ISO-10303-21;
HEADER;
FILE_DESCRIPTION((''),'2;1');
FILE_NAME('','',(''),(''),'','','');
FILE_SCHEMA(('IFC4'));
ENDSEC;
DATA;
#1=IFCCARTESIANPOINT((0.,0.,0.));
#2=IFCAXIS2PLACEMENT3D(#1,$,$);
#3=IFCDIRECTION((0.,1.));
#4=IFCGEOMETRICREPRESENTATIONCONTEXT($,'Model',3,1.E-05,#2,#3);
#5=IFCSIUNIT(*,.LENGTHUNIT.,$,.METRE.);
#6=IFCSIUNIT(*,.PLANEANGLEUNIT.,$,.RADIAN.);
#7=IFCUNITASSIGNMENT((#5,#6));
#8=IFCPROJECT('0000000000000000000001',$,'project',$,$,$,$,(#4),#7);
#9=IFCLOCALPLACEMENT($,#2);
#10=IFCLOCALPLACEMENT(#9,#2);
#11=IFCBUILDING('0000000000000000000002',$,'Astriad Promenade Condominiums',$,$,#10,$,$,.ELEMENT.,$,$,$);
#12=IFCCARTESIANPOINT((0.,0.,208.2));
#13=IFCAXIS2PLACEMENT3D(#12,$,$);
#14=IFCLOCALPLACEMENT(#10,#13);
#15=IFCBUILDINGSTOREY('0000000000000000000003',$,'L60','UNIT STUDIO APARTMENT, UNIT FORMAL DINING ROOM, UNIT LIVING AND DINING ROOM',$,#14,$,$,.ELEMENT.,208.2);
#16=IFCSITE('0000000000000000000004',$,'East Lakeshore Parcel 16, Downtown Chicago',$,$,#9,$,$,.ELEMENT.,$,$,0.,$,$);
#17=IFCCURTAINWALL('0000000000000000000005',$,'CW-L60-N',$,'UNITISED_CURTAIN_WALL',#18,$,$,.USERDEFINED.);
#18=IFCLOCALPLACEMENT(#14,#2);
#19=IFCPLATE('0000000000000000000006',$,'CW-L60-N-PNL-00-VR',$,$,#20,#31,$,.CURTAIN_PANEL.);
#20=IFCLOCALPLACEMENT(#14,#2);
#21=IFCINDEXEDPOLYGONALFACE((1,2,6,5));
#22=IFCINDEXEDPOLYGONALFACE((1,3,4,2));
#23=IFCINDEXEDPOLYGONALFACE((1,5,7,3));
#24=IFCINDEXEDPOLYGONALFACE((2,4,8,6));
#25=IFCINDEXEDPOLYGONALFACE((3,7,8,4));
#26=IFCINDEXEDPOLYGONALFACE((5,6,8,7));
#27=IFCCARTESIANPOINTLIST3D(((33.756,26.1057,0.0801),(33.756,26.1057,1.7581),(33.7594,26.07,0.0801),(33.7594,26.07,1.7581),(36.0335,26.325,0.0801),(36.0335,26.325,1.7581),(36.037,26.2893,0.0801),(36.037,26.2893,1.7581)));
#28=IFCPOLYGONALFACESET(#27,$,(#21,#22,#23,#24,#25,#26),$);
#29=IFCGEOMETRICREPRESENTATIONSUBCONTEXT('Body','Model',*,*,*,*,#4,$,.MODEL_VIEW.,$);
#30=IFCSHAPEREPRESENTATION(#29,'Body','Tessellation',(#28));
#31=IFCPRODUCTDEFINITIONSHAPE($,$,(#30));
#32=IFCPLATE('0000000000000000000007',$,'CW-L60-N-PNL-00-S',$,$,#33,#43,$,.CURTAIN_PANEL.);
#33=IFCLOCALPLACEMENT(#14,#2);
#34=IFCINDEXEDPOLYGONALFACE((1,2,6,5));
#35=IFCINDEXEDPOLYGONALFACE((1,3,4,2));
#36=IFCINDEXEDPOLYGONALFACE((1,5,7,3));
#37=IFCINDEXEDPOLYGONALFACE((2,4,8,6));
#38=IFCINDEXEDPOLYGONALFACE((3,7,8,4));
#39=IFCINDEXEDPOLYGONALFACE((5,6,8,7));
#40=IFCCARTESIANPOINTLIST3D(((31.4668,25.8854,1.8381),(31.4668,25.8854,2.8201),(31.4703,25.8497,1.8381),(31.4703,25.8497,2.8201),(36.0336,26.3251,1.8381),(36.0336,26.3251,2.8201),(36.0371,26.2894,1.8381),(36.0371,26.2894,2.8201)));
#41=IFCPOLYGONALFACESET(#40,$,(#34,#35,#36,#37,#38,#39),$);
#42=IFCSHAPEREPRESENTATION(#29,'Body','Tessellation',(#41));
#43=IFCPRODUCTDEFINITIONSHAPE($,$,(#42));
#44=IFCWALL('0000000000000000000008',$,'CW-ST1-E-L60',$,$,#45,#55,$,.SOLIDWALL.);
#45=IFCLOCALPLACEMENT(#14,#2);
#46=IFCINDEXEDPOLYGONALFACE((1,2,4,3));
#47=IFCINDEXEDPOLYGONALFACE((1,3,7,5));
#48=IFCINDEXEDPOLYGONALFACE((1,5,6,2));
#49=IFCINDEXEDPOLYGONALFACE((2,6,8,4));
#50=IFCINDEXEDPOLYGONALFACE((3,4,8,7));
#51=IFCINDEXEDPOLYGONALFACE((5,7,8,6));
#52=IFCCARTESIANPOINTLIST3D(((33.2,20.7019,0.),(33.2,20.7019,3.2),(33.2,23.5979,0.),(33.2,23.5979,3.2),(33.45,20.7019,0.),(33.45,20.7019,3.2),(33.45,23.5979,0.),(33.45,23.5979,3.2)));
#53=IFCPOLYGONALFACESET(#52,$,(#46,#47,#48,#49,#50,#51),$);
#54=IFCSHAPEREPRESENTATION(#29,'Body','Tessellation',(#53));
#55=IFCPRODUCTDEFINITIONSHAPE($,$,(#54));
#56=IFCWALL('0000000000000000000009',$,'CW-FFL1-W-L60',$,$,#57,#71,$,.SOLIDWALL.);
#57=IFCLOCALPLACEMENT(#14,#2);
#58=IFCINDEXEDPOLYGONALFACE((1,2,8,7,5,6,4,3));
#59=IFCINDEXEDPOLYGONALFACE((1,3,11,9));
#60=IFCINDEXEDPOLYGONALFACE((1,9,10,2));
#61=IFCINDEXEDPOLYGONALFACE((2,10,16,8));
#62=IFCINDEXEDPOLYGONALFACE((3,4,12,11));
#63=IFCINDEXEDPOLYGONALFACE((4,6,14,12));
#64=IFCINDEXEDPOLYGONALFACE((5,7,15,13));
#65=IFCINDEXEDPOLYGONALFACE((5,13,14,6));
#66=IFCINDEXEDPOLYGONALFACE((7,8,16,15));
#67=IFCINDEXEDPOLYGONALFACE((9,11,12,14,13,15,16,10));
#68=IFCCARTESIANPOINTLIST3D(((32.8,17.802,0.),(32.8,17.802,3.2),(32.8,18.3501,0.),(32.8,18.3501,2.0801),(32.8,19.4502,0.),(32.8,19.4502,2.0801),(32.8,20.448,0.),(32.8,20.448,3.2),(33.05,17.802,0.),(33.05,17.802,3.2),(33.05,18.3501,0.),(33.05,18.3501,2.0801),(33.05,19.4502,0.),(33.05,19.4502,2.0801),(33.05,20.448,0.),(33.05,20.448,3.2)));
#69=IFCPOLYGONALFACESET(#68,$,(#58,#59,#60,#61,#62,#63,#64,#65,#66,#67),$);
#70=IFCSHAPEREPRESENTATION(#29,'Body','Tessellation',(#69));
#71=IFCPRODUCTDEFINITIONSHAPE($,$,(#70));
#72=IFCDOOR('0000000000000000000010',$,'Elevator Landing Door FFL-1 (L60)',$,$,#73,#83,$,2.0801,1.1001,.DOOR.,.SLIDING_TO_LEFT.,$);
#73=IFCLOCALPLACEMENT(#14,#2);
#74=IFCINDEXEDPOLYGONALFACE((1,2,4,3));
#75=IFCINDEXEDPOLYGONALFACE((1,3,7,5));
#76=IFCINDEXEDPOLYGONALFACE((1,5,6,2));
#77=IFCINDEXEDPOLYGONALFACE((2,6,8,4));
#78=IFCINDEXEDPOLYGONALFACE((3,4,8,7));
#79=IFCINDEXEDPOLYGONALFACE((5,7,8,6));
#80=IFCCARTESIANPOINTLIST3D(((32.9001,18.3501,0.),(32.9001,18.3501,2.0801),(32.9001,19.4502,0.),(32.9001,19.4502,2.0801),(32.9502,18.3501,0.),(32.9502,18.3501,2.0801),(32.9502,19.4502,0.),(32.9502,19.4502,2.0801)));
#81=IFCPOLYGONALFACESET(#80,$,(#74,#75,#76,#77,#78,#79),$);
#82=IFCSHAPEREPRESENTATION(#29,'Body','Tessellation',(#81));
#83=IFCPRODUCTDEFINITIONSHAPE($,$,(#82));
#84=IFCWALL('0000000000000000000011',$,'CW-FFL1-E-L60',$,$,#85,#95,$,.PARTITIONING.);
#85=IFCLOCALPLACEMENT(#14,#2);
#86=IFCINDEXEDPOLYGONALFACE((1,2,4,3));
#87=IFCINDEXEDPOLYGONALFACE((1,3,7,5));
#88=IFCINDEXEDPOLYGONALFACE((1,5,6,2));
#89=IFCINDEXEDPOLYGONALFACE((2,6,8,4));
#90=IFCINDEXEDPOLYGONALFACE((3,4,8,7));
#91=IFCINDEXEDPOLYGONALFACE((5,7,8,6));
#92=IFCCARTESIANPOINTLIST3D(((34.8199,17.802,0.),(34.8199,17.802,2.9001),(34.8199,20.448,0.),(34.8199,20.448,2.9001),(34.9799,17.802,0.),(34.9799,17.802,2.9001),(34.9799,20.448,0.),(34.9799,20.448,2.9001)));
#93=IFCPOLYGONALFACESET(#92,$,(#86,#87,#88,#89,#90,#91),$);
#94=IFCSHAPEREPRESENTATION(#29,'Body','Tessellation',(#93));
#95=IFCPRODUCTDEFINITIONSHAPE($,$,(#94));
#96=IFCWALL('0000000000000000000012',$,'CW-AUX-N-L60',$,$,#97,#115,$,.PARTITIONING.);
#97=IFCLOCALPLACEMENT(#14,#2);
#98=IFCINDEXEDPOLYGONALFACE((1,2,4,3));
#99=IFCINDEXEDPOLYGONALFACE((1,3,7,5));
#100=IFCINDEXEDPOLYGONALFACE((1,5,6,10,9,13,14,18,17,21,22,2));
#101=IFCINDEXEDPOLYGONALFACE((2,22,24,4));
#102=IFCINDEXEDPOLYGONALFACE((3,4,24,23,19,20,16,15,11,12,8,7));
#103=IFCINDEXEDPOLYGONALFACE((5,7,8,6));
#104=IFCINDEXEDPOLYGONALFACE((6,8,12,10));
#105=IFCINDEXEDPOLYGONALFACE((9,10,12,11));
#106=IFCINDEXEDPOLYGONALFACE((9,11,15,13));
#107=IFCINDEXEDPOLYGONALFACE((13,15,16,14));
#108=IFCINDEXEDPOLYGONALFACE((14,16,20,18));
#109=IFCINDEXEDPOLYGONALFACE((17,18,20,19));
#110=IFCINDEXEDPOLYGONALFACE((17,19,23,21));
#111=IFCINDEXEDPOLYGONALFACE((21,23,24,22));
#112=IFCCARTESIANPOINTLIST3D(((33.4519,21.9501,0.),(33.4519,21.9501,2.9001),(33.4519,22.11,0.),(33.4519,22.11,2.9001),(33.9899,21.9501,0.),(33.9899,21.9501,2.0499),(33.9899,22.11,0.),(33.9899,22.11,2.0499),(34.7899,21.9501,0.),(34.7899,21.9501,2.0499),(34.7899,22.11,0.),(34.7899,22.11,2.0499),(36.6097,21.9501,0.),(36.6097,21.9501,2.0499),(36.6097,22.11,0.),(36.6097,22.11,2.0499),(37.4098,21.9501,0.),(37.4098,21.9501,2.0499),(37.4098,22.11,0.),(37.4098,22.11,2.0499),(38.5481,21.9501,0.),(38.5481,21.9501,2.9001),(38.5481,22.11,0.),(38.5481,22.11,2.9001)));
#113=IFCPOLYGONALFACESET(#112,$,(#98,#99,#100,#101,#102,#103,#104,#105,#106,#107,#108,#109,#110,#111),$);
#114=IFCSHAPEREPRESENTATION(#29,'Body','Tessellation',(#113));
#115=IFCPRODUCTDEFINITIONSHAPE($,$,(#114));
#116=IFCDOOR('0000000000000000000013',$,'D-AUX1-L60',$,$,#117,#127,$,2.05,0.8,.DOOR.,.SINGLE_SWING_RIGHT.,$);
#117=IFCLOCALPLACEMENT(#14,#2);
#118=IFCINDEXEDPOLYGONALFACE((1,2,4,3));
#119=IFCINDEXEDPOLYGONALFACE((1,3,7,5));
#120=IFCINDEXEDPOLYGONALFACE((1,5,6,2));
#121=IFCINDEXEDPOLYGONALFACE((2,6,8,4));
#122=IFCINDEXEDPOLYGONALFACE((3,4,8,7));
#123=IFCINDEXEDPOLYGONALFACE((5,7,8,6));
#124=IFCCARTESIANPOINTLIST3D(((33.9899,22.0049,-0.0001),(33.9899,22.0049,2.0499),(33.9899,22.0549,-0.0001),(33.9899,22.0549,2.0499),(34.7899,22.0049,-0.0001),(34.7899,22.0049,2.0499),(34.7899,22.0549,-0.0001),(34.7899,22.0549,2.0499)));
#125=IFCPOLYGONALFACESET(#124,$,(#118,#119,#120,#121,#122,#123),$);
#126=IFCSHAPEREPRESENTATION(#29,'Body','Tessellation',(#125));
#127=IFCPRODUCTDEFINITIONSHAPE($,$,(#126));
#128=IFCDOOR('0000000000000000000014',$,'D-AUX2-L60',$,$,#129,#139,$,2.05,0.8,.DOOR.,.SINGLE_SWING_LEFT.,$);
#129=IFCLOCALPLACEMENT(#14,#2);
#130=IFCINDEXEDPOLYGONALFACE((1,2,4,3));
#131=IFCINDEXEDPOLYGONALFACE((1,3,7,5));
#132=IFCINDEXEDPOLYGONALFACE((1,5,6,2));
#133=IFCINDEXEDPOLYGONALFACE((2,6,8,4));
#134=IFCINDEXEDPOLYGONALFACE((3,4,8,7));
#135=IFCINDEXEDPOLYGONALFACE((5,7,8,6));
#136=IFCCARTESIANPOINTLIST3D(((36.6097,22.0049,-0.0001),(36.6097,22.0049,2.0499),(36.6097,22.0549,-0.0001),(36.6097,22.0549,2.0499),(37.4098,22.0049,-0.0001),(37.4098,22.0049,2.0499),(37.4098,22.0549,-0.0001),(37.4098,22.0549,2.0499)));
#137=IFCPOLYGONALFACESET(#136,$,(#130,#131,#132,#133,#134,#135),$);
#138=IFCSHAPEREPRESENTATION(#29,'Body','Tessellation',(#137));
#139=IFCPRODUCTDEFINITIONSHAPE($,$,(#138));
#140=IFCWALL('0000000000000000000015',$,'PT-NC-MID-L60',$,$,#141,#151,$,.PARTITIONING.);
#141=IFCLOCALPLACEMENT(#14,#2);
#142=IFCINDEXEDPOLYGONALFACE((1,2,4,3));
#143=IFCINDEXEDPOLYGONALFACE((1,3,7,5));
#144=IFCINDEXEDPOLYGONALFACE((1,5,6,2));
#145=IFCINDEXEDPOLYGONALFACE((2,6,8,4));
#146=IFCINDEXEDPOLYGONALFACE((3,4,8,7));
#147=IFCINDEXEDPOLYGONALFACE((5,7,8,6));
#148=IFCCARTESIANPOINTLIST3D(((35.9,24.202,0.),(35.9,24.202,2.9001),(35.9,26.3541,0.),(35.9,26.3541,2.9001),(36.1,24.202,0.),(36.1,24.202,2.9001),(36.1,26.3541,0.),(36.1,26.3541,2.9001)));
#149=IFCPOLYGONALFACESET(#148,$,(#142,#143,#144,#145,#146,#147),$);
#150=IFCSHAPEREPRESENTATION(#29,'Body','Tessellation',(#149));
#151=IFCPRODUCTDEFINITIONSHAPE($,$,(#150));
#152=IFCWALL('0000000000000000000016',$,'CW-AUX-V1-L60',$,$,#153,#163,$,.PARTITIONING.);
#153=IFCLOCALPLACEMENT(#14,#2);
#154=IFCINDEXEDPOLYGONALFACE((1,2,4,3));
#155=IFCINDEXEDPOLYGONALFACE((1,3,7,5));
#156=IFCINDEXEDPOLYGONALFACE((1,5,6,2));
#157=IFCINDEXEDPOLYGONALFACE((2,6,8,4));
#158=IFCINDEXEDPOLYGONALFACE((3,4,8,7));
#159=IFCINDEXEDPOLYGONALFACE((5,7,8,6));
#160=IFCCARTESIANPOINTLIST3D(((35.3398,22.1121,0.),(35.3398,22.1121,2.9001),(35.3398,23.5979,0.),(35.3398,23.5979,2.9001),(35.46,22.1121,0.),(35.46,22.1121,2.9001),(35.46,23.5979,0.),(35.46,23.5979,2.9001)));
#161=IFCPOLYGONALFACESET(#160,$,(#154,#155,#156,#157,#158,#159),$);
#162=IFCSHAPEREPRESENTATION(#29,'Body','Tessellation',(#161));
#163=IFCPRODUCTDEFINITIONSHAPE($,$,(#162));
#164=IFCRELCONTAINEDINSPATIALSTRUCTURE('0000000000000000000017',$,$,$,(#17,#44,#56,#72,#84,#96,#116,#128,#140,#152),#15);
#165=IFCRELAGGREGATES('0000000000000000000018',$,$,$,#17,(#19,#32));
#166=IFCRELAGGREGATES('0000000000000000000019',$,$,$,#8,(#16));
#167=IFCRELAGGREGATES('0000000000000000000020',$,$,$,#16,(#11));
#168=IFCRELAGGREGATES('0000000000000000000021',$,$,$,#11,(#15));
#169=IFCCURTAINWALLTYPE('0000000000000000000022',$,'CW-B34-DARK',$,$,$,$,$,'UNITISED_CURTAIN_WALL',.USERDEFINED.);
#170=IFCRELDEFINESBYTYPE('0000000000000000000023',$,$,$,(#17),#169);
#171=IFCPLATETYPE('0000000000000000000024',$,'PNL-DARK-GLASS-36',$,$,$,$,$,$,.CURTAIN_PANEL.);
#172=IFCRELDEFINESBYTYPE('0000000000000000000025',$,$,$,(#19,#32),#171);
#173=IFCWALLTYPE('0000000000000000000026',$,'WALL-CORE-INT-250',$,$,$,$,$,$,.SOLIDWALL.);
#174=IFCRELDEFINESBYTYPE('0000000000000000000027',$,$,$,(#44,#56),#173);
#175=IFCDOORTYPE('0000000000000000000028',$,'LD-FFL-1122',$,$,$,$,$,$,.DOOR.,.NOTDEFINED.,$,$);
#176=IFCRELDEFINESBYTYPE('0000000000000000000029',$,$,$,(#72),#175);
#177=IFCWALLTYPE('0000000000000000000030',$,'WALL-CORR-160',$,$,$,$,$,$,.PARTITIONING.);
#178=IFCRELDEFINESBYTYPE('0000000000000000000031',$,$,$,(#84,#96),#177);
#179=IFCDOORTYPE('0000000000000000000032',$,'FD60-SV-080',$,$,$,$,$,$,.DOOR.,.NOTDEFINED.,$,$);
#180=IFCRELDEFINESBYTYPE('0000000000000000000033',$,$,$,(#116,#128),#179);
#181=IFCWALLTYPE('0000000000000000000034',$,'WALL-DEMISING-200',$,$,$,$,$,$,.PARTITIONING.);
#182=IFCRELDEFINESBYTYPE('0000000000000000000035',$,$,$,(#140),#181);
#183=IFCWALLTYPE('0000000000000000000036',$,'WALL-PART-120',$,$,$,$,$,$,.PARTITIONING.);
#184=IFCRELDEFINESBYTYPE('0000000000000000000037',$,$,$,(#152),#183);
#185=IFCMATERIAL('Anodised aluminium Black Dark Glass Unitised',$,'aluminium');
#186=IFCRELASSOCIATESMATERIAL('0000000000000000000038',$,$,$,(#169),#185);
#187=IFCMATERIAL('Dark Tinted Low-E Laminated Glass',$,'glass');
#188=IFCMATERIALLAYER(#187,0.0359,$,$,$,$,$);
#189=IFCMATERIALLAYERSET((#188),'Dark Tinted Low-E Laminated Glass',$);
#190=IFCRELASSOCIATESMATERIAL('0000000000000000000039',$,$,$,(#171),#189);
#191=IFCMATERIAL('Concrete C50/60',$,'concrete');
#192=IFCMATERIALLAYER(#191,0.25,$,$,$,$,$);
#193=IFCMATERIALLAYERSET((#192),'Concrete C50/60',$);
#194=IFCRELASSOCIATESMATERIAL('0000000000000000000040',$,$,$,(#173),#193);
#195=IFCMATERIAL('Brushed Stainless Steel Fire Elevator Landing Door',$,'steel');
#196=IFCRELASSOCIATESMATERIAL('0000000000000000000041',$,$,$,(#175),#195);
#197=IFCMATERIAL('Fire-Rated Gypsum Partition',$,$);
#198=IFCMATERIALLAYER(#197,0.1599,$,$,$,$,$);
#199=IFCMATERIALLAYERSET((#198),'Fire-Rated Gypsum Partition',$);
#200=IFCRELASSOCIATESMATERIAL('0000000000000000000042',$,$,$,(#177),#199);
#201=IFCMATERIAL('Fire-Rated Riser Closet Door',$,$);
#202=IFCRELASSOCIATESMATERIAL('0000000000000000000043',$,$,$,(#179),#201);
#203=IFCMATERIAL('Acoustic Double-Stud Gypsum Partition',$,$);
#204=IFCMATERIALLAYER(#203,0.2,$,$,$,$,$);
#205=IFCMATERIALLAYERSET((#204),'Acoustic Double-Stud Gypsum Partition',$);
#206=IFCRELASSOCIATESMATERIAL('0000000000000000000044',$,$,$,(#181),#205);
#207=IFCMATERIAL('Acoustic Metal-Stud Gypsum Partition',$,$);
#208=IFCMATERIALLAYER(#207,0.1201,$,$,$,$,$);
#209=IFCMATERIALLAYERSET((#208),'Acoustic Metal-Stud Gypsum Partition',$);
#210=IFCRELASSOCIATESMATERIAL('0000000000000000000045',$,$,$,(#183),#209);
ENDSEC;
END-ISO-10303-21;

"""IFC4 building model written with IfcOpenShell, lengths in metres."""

from ifc_helpers import new_model, si_unit, direction, frame, frame_2d, origin, origin_2d, place, context, subcontext, project, spatial, rectangle, extrude, source, transform, mapped, material, layer, layer_set, type_object, type_shapes, element, fill, aggregate, save


model = new_model("IFC4")

# Units and contexts
model_context = context("Model", 3, precision=1e-05, world=origin(), true_north=direction((0.0, 1.0)))
body_context = subcontext(model_context, "Body", "Model", "MODEL_VIEW")
ifc_project = project(units=[si_unit("LENGTHUNIT", "METRE"), si_unit("PLANEANGLEUNIT", "RADIAN")], contexts=[model_context])

# Site, building, storey
site_placement = place(None, origin())
site = spatial("IfcSite", under=ifc_project, at=site_placement, Name="East Lakeshore Parcel 16, Downtown Chicago", CompositionType="ELEMENT", RefElevation=0.0)
building_placement = place(site_placement, origin())
building = spatial("IfcBuilding", under=site, at=building_placement, Name="Astriad Promenade Condominiums", CompositionType="ELEMENT")
storey_placement = place(building_placement, frame((0.0, 0.0, 208.2)))
storey = spatial("IfcBuildingStorey", under=building, at=storey_placement, Name="L60", Description="UNIT STUDIO APARTMENT, UNIT FORMAL DINING ROOM, UNIT LIVING AND DINING ROOM", CompositionType="ELEMENT", Elevation=208.2)

# Curtain wall, plates
ifc_material_1 = material(Name="Anodised aluminium Black Dark Glass Unitised", Category="aluminium")
curtain_wall_type = type_object("IfcCurtainWallType", Name="CW-B34-DARK", ElementType="UNITISED_CURTAIN_WALL", PredefinedType="USERDEFINED", material=ifc_material_1)
curtain_wall_placement = place(storey_placement, origin())
curtain_wall = element("IfcCurtainWall", 1, at=curtain_wall_placement, inside=storey, type_object=curtain_wall_type, Name="CW-L60-N", ObjectType="UNITISED_CURTAIN_WALL", PredefinedType="USERDEFINED")
ifc_material_2 = material(Name="Dark Tinted Low-E Laminated Glass", Category="glass")
ifc_layer_1 = layer(ifc_material_2, 0.0359)
ifc_layer_set_1 = layer_set([ifc_layer_1], Name="Dark Tinted Low-E Laminated Glass")
plate_type = type_object("IfcPlateType", Name="PNL-DARK-GLASS-36", PredefinedType="CURTAIN_PANEL", material=ifc_layer_set_1)
shared_shape_1 = source(origin(), body_context, "Body", "SweptSolid", [
    extrude(rectangle(XDim=2.2881, YDim=0.0359, at=origin_2d()), origin(), (0.0, 0.0, 1.0), 1.678),
])
plate_1_placement = place(storey_placement, frame((34.8965, 26.1975, 0.0801), z_axis=(0.0, 0.0, 1.0), x_axis=(0.995396, 0.095846, 0.0)))
plate_1 = element("IfcPlate", 2, at=plate_1_placement, type_object=plate_type, Name="CW-L60-N-PNL-00-VR", PredefinedType="CURTAIN_PANEL", context=body_context, shape_type="MappedRepresentation", body=[
    mapped(shared_shape_1, transform((0.0, 0.0, 0.0), scale=1.0)),
])
shared_shape_2 = source(origin(), body_context, "Body", "SweptSolid", [
    extrude(rectangle(XDim=4.5879, YDim=0.0359, at=origin_2d()), origin(), (0.0, 0.0, 1.0), 0.9819),
])
type_shapes(plate_type, [shared_shape_1, shared_shape_2])
plate_2_placement = place(storey_placement, frame((33.752, 26.0874, 1.8381), z_axis=(0.0, 0.0, 1.0), x_axis=(0.995396, 0.095846, 0.0)))
plate_2 = element("IfcPlate", 3, at=plate_2_placement, type_object=plate_type, Name="CW-L60-N-PNL-00-S", PredefinedType="CURTAIN_PANEL", context=body_context, shape_type="MappedRepresentation", body=[
    mapped(shared_shape_2, transform((0.0, 0.0, 0.0), scale=1.0)),
])
aggregate(curtain_wall, [plate_1, plate_2])

# Wall
ifc_material_3 = material(Name="Concrete C50/60", Category="concrete")
ifc_layer_2 = layer(ifc_material_3, 0.25)
ifc_layer_set_2 = layer_set([ifc_layer_2], Name="Concrete C50/60")
wall_type_1 = type_object("IfcWallType", Name="WALL-CORE-INT-250", PredefinedType="SOLIDWALL", material=ifc_layer_set_2)
wall_1_placement = place(storey_placement, frame((33.325, 20.7019, 0.0), z_axis=(0.0, 0.0, 1.0), x_axis=(0.0, 1.0, 0.0)))
element("IfcWall", 4, at=wall_1_placement, inside=storey, type_object=wall_type_1, Name="CW-ST1-E-L60", PredefinedType="SOLIDWALL", context=body_context, shape_type="SweptSolid", body=[
    extrude(rectangle(XDim=2.896, YDim=0.25, at=frame_2d((1.448, 0.0))), origin(), (0.0, 0.0, 1.0), 3.2),
])

# Wall, opening, door
wall_2_placement = place(storey_placement, frame((32.925, 17.802, 0.0), z_axis=(0.0, 0.0, 1.0), x_axis=(0.0, 1.0, 0.0)))
wall_2 = element("IfcWall", 5, at=wall_2_placement, inside=storey, type_object=wall_type_1, Name="CW-FFL1-W-L60", PredefinedType="SOLIDWALL", context=body_context, shape_type="SweptSolid", body=[
    extrude(rectangle(XDim=2.646, YDim=0.25, at=frame_2d((1.323, 0.0))), origin(), (0.0, 0.0, 1.0), 3.2),
])
opening_1_placement = place(wall_2_placement, frame((0.5481, 0.0, 0.0)))
opening_1 = element("IfcOpeningElement", 6, at=opening_1_placement, cuts=wall_2, PredefinedType="OPENING", context=body_context, shape_type="SweptSolid", body=[
    extrude(rectangle(XDim=1.1001, YDim=2.0801, at=frame_2d((0.55, 1.04))), frame((0.0, 0.135, 0.0), z_axis=(0.0, -1.0, 0.0), x_axis=(1.0, 0.0, 0.0)), (0.0, 0.0, 1.0), 0.27),
])
ifc_material_4 = material(Name="Brushed Stainless Steel Fire Elevator Landing Door", Category="steel")
door_type_1 = type_object("IfcDoorType", Name="LD-FFL-1122", OperationType="NOTDEFINED", PredefinedType="DOOR", material=ifc_material_4)
shared_shape_3 = source(origin(), body_context, "Body", "SweptSolid", [
    extrude(rectangle(XDim=1.1001, YDim=2.0801, at=frame_2d((0.55, 1.04))), frame((0.0, 0.0249, 0.0), z_axis=(0.0, -1.0, 0.0), x_axis=(1.0, 0.0, 0.0)), (0.0, 0.0, 1.0), 0.05),
])
type_shapes(door_type_1, [shared_shape_3])
door_1_placement = place(opening_1_placement, origin())
door_1 = element("IfcDoor", 7, at=door_1_placement, inside=storey, type_object=door_type_1, Name="Elevator Landing Door FFL-1 (L60)", OperationType="SLIDING_TO_LEFT", OverallHeight=2.0801, OverallWidth=1.1001, PredefinedType="DOOR", context=body_context, shape_type="MappedRepresentation", body=[
    mapped(shared_shape_3, transform((0.0, 0.0, 0.0), scale=1.0)),
])
fill(opening_1, door_1)

# Wall
ifc_material_5 = material(Name="Fire-Rated Gypsum Partition")
ifc_layer_3 = layer(ifc_material_5, 0.1599)
ifc_layer_set_3 = layer_set([ifc_layer_3], Name="Fire-Rated Gypsum Partition")
wall_type_2 = type_object("IfcWallType", Name="WALL-CORR-160", PredefinedType="PARTITIONING", material=ifc_layer_set_3)
wall_3_placement = place(storey_placement, frame((34.8999, 17.802, 0.0), z_axis=(0.0, 0.0, 1.0), x_axis=(0.0, 1.0, 0.0)))
element("IfcWall", 8, at=wall_3_placement, inside=storey, type_object=wall_type_2, Name="CW-FFL1-E-L60", PredefinedType="PARTITIONING", context=body_context, shape_type="SweptSolid", body=[
    extrude(rectangle(XDim=2.646, YDim=0.1599, at=frame_2d((1.323, 0.0))), origin(), (0.0, 0.0, 1.0), 2.9001),
])

# Wall, openings, doors
wall_4_placement = place(storey_placement, frame((33.4519, 22.03, 0.0), z_axis=(0.0, 0.0, 1.0), x_axis=(1.0, 0.0, 0.0)))
wall_4 = element("IfcWall", 9, at=wall_4_placement, inside=storey, type_object=wall_type_2, Name="CW-AUX-N-L60", PredefinedType="PARTITIONING", context=body_context, shape_type="SweptSolid", body=[
    extrude(rectangle(XDim=5.0962, YDim=0.1599, at=frame_2d((2.5481, 0.0))), origin(), (0.0, 0.0, 1.0), 2.9001),
])
opening_2_placement = place(wall_4_placement, frame((0.5381, 0.0, 0.0)))
opening_2 = element("IfcOpeningElement", 10, at=opening_2_placement, cuts=wall_4, PredefinedType="OPENING", context=body_context, shape_type="SweptSolid", body=[
    extrude(rectangle(XDim=0.8, YDim=2.05, at=frame_2d((0.3999, 1.0249))), frame((0.0, 0.0898, 0.0), z_axis=(0.0, -1.0, 0.0), x_axis=(1.0, 0.0, 0.0)), (0.0, 0.0, 1.0), 0.1799),
])
opening_3_placement = place(wall_4_placement, frame((3.158, 0.0, 0.0)))
opening_3 = element("IfcOpeningElement", 11, at=opening_3_placement, cuts=wall_4, PredefinedType="OPENING", context=body_context, shape_type="SweptSolid", body=[
    extrude(rectangle(XDim=0.8, YDim=2.05, at=frame_2d((0.3999, 1.0249))), frame((0.0, 0.0898, 0.0), z_axis=(0.0, -1.0, 0.0), x_axis=(1.0, 0.0, 0.0)), (0.0, 0.0, 1.0), 0.1799),
])
ifc_material_6 = material(Name="Fire-Rated Riser Closet Door")
door_type_2 = type_object("IfcDoorType", Name="FD60-SV-080", OperationType="NOTDEFINED", PredefinedType="DOOR", material=ifc_material_6)
shared_shape_4 = source(origin(), body_context, "Body", "SweptSolid", [
    extrude(rectangle(XDim=0.8, YDim=2.05, at=frame_2d((0.3999, 1.0249))), frame((0.0, 0.0249, 0.0), z_axis=(0.0, -1.0, 0.0), x_axis=(1.0, 0.0, 0.0)), (0.0, 0.0, 1.0), 0.05),
])
type_shapes(door_type_2, [shared_shape_4])
door_2_placement = place(opening_2_placement, origin())
door_2 = element("IfcDoor", 12, at=door_2_placement, inside=storey, type_object=door_type_2, Name="D-AUX1-L60", OperationType="SINGLE_SWING_RIGHT", OverallHeight=2.05, OverallWidth=0.8, PredefinedType="DOOR", context=body_context, shape_type="MappedRepresentation", body=[
    mapped(shared_shape_4, transform((0.0, 0.0, 0.0), scale=1.0)),
])
fill(opening_2, door_2)
door_3_placement = place(opening_3_placement, origin())
door_3 = element("IfcDoor", 13, at=door_3_placement, inside=storey, type_object=door_type_2, Name="D-AUX2-L60", OperationType="SINGLE_SWING_LEFT", OverallHeight=2.05, OverallWidth=0.8, PredefinedType="DOOR", context=body_context, shape_type="MappedRepresentation", body=[
    mapped(shared_shape_4, transform((0.0, 0.0, 0.0), scale=1.0)),
])
fill(opening_3, door_3)

# Walls
ifc_material_7 = material(Name="Acoustic Double-Stud Gypsum Partition")
ifc_layer_4 = layer(ifc_material_7, 0.2)
ifc_layer_set_4 = layer_set([ifc_layer_4], Name="Acoustic Double-Stud Gypsum Partition")
wall_type_3 = type_object("IfcWallType", Name="WALL-DEMISING-200", PredefinedType="PARTITIONING", material=ifc_layer_set_4)
wall_5_placement = place(storey_placement, frame((36.0, 24.2019, 0.0), z_axis=(0.0, 0.0, 1.0), x_axis=(0.0, 1.0, 0.0)))
element("IfcWall", 14, at=wall_5_placement, inside=storey, type_object=wall_type_3, Name="PT-NC-MID-L60", PredefinedType="PARTITIONING", context=body_context, shape_type="SweptSolid", body=[
    extrude(rectangle(XDim=2.1521, YDim=0.2, at=frame_2d((1.0762, 0.0))), origin(), (0.0, 0.0, 1.0), 2.9001),
])
ifc_material_8 = material(Name="Acoustic Metal-Stud Gypsum Partition")
ifc_layer_5 = layer(ifc_material_8, 0.1201)
ifc_layer_set_5 = layer_set([ifc_layer_5], Name="Acoustic Metal-Stud Gypsum Partition")
wall_type_4 = type_object("IfcWallType", Name="WALL-PART-120", PredefinedType="PARTITIONING", material=ifc_layer_set_5)
wall_6_placement = place(storey_placement, frame((35.3999, 22.1121, 0.0), z_axis=(0.0, 0.0, 1.0), x_axis=(0.0, 1.0, 0.0)))
element("IfcWall", 15, at=wall_6_placement, inside=storey, type_object=wall_type_4, Name="CW-AUX-V1-L60", PredefinedType="PARTITIONING", context=body_context, shape_type="SweptSolid", body=[
    extrude(rectangle(XDim=1.4858, YDim=0.1201, at=frame_2d((0.7429, 0.0))), origin(), (0.0, 0.0, 1.0), 2.9001),
])

save(model, "model.ifc")
